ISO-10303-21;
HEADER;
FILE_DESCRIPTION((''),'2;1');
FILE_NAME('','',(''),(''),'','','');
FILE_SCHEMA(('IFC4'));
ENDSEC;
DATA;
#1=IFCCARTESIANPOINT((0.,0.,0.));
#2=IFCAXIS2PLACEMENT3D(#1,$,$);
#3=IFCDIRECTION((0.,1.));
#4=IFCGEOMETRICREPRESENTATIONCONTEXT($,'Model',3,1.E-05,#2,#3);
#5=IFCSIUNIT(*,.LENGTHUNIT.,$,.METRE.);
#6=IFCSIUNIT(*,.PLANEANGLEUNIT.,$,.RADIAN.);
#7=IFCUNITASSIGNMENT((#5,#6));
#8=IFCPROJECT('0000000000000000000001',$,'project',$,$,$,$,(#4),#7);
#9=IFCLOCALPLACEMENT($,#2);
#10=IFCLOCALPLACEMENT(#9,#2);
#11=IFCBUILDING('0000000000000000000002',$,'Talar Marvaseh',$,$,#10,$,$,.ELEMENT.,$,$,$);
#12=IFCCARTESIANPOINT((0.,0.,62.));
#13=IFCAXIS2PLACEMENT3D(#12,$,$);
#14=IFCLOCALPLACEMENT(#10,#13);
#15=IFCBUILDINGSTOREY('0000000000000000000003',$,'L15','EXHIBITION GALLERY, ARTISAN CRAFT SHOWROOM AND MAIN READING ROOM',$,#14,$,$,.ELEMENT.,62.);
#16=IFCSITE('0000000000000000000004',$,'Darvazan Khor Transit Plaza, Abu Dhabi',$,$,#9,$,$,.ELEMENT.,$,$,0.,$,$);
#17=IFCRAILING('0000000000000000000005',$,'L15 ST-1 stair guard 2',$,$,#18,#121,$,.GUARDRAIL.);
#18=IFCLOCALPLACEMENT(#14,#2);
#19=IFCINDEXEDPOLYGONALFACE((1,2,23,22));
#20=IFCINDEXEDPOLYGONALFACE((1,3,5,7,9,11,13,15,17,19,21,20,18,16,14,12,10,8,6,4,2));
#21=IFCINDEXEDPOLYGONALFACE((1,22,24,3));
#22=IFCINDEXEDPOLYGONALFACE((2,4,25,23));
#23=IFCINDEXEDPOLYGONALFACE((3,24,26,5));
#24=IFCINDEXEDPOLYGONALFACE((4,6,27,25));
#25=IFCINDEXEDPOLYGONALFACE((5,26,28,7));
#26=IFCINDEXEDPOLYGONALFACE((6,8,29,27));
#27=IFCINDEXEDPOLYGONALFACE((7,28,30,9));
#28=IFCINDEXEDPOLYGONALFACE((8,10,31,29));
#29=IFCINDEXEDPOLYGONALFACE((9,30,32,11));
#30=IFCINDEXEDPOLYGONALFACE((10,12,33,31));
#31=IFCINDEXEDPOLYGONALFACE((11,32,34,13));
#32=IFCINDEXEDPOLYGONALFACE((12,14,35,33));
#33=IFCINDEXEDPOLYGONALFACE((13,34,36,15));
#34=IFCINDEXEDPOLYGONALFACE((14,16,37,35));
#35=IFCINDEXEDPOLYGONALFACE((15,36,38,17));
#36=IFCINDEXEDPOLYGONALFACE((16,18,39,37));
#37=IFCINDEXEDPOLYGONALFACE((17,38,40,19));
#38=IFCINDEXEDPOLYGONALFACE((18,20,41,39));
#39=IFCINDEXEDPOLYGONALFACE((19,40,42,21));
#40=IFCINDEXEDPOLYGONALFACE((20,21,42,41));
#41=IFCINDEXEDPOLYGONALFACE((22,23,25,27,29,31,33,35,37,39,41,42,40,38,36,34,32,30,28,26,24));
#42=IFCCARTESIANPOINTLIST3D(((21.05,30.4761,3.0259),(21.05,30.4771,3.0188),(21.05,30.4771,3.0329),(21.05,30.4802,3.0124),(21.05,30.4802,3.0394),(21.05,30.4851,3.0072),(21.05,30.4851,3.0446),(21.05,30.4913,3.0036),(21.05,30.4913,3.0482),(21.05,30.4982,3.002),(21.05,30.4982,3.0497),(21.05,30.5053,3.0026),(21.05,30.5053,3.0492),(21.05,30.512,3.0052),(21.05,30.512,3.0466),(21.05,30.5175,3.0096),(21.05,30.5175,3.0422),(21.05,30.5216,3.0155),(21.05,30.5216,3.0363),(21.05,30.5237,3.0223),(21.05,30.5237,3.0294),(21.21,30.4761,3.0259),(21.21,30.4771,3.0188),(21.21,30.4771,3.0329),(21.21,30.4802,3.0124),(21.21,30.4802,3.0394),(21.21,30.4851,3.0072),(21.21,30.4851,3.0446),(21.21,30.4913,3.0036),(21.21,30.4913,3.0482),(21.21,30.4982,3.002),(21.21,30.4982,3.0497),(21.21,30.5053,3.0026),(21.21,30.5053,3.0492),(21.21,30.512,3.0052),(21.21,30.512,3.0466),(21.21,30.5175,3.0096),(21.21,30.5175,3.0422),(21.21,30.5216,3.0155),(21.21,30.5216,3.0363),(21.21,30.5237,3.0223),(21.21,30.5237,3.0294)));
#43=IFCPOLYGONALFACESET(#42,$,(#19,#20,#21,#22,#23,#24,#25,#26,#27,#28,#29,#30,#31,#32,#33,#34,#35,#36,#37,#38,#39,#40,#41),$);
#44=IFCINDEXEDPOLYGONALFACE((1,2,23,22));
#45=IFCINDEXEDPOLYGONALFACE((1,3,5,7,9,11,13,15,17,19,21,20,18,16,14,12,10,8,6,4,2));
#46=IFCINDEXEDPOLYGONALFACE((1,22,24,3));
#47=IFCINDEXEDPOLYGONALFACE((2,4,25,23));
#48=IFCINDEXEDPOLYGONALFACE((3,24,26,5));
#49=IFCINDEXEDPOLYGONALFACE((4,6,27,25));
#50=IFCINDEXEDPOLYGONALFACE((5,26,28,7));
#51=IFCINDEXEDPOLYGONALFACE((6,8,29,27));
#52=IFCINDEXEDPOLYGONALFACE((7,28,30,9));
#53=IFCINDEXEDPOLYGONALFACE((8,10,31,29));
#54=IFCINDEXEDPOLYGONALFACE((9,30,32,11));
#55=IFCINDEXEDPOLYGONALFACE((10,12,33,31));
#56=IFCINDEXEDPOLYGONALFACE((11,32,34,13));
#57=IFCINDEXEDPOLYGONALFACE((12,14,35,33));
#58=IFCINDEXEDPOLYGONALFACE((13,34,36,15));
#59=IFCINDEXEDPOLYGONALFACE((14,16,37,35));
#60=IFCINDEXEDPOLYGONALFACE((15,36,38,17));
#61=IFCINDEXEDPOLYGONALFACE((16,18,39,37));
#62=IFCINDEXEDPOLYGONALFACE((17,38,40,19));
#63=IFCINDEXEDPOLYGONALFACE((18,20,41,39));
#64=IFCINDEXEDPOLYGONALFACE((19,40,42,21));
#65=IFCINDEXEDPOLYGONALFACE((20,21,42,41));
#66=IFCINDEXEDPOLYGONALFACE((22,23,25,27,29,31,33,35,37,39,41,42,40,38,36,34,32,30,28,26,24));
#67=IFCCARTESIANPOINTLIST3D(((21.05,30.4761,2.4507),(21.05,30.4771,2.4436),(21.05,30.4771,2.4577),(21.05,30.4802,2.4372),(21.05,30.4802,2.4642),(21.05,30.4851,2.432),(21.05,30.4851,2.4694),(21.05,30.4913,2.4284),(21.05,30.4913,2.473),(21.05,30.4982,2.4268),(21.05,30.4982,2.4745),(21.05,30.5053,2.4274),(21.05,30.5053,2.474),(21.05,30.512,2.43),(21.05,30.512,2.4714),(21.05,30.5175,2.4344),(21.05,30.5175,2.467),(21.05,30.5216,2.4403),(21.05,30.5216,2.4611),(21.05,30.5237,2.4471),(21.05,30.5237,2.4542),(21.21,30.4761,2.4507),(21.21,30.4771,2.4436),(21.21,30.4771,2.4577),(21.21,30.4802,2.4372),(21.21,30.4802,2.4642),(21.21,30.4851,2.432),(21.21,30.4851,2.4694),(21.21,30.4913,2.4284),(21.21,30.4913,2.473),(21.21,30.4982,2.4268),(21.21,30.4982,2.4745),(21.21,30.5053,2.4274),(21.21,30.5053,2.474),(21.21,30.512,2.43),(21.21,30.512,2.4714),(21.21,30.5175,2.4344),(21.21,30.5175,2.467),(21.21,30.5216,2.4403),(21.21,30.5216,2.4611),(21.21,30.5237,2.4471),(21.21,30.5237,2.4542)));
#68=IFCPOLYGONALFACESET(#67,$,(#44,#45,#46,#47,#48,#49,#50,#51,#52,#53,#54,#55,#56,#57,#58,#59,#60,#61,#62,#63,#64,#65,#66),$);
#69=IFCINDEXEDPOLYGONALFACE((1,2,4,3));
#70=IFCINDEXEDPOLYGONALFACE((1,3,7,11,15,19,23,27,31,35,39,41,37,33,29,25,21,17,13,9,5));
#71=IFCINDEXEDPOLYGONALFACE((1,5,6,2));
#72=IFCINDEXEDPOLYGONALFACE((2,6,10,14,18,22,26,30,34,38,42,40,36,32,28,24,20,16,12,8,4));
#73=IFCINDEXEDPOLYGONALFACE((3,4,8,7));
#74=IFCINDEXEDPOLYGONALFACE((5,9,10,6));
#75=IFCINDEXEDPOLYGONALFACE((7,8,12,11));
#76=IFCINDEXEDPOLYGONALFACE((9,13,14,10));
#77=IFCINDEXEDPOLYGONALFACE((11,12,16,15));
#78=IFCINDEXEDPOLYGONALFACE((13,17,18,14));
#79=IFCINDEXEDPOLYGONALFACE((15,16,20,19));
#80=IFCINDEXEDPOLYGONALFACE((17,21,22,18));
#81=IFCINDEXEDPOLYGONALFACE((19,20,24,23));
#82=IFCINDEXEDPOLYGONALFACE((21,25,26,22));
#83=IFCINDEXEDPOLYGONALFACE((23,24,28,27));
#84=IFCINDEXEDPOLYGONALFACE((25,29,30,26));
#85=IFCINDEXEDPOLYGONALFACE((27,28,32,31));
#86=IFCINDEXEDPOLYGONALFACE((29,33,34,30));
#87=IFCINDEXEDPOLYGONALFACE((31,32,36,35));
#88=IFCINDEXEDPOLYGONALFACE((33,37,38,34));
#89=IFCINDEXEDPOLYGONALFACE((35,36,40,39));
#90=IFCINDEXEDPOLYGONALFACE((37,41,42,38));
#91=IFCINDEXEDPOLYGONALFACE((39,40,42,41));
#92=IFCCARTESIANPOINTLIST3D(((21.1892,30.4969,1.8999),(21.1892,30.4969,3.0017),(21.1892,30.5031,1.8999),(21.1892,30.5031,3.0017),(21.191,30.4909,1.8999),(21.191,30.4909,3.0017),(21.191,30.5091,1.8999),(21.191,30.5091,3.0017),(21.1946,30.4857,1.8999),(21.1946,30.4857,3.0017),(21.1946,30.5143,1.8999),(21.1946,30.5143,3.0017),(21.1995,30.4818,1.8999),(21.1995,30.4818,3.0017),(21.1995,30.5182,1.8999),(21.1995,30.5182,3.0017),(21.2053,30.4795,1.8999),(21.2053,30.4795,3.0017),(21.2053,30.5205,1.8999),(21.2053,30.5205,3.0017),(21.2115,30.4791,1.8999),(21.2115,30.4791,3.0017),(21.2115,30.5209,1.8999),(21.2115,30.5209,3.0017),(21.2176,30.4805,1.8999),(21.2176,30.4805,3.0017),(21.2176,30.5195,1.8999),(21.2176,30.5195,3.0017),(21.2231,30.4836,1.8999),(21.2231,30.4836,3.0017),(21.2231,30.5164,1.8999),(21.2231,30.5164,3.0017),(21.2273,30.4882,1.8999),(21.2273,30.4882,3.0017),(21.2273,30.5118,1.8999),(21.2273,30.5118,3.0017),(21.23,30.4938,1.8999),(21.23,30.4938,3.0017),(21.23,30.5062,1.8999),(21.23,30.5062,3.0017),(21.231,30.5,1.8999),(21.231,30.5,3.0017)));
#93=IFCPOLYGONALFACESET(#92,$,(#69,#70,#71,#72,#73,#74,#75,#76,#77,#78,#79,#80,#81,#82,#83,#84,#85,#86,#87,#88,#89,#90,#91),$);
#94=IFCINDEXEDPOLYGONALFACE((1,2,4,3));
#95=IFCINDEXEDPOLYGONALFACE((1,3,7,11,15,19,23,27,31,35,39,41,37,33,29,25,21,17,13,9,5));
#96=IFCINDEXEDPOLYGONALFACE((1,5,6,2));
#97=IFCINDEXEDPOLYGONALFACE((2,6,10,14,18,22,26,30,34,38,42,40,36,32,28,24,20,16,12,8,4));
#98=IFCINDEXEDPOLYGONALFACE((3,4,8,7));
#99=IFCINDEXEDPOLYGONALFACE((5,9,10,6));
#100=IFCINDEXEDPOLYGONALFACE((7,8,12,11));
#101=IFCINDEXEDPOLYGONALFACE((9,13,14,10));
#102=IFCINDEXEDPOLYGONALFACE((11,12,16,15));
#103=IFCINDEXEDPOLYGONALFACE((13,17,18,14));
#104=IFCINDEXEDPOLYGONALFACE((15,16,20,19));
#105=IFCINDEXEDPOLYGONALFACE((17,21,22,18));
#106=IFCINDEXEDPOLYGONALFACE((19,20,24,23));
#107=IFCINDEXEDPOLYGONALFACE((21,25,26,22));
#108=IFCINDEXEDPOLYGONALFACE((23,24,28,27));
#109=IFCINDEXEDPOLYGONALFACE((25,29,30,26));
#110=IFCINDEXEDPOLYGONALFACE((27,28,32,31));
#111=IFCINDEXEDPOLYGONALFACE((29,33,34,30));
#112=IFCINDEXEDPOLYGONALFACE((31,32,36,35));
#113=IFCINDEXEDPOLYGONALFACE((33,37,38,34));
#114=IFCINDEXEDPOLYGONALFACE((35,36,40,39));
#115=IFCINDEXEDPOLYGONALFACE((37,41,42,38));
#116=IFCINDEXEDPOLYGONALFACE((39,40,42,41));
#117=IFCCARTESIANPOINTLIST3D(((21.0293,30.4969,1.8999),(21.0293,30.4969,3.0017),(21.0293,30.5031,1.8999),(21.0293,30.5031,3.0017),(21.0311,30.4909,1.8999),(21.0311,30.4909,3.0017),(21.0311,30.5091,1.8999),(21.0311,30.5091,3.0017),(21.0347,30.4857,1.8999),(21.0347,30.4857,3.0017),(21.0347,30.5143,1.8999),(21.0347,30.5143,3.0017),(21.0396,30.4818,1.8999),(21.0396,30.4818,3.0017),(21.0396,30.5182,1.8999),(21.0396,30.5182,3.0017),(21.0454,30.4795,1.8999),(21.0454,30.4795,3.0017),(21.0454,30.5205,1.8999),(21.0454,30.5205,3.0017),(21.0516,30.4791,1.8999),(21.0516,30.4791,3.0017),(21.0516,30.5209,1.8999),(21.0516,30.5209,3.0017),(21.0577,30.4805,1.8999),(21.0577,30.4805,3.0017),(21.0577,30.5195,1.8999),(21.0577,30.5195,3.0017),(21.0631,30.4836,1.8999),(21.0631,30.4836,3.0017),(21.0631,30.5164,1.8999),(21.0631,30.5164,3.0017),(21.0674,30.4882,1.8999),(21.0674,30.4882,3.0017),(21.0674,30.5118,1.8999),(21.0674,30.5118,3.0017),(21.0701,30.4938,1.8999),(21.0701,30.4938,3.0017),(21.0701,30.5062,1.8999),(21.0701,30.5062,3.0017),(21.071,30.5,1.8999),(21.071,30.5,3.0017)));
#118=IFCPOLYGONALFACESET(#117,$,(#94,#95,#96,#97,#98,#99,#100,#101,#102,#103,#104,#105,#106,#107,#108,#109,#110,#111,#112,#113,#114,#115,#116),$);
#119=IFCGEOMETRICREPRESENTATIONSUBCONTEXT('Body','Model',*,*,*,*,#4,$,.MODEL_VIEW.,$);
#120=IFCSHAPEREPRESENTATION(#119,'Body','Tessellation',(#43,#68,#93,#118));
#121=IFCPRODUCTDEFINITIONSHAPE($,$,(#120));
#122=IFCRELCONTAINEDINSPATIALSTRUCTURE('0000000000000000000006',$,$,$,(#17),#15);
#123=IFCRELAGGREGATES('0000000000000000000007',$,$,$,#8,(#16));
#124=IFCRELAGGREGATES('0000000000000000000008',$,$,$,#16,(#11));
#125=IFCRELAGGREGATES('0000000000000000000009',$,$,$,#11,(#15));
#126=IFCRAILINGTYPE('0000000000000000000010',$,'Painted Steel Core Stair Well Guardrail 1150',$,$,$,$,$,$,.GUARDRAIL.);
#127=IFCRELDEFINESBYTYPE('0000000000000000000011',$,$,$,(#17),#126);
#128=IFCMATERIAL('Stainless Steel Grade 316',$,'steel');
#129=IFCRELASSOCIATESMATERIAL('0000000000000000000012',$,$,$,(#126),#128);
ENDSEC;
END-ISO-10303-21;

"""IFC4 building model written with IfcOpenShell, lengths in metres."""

from ifc_helpers import new_model, si_unit, direction, frame, origin, origin_2d, place, context, subcontext, project, spatial, circle, extrude, material, type_object, element, save


model = new_model("IFC4")

# Units and contexts
model_context = context("Model", 3, precision=1e-05, world=origin(), true_north=direction((0.0, 1.0)))
body_context = subcontext(model_context, "Body", "Model", "MODEL_VIEW")
ifc_project = project(units=[si_unit("LENGTHUNIT", "METRE"), si_unit("PLANEANGLEUNIT", "RADIAN")], contexts=[model_context])

# Site, building, storey
site_placement = place(None, origin())
site = spatial("IfcSite", under=ifc_project, at=site_placement, Name="Darvazan Khor Transit Plaza, Abu Dhabi", CompositionType="ELEMENT", RefElevation=0.0)
building_placement = place(site_placement, origin())
building = spatial("IfcBuilding", under=site, at=building_placement, Name="Talar Marvaseh", CompositionType="ELEMENT")
storey_placement = place(building_placement, frame((0.0, 0.0, 62.0)))
storey = spatial("IfcBuildingStorey", under=building, at=storey_placement, Name="L15", Description="EXHIBITION GALLERY, ARTISAN CRAFT SHOWROOM AND MAIN READING ROOM", CompositionType="ELEMENT", Elevation=62.0)

# Railing
ifc_material_1 = material(Name="Stainless Steel Grade 316", Category="steel")
railing_type_1 = type_object("IfcRailingType", Name="Painted Steel Core Stair Well Guardrail 1150", PredefinedType="GUARDRAIL", material=ifc_material_1)
railing_1_placement = place(storey_placement, frame((21.21, 30.5, 1.8999)))
element("IfcRailing", 1, at=railing_1_placement, inside=storey, type_object=railing_type_1, Name="L15 ST-1 stair guard 2", PredefinedType="GUARDRAIL", context=body_context, shape_type="SweptSolid", body=[
    extrude(circle(Radius=0.0239, at=origin_2d()), frame((0.0, 0.0, 1.126), z_axis=(-1.0, 0.0, 0.0), x_axis=(0.0, -1.0, 0.0)), (0.0, 0.0, 1.0), 0.1599),
    extrude(circle(Radius=0.0239, at=origin_2d()), frame((0.0, 0.0, 0.5508), z_axis=(-1.0, 0.0, 0.0), x_axis=(0.0, -1.0, 0.0)), (0.0, 0.0, 1.0), 0.1599),
    extrude(circle(Radius=0.021, at=origin_2d()), origin(), (0.0, 0.0, 1.0), 1.1018),
    extrude(circle(Radius=0.021, at=origin_2d()), frame((-0.1599, 0.0, 0.0)), (0.0, 0.0, 1.0), 1.1018),
])

save(model, "model.ifc")
